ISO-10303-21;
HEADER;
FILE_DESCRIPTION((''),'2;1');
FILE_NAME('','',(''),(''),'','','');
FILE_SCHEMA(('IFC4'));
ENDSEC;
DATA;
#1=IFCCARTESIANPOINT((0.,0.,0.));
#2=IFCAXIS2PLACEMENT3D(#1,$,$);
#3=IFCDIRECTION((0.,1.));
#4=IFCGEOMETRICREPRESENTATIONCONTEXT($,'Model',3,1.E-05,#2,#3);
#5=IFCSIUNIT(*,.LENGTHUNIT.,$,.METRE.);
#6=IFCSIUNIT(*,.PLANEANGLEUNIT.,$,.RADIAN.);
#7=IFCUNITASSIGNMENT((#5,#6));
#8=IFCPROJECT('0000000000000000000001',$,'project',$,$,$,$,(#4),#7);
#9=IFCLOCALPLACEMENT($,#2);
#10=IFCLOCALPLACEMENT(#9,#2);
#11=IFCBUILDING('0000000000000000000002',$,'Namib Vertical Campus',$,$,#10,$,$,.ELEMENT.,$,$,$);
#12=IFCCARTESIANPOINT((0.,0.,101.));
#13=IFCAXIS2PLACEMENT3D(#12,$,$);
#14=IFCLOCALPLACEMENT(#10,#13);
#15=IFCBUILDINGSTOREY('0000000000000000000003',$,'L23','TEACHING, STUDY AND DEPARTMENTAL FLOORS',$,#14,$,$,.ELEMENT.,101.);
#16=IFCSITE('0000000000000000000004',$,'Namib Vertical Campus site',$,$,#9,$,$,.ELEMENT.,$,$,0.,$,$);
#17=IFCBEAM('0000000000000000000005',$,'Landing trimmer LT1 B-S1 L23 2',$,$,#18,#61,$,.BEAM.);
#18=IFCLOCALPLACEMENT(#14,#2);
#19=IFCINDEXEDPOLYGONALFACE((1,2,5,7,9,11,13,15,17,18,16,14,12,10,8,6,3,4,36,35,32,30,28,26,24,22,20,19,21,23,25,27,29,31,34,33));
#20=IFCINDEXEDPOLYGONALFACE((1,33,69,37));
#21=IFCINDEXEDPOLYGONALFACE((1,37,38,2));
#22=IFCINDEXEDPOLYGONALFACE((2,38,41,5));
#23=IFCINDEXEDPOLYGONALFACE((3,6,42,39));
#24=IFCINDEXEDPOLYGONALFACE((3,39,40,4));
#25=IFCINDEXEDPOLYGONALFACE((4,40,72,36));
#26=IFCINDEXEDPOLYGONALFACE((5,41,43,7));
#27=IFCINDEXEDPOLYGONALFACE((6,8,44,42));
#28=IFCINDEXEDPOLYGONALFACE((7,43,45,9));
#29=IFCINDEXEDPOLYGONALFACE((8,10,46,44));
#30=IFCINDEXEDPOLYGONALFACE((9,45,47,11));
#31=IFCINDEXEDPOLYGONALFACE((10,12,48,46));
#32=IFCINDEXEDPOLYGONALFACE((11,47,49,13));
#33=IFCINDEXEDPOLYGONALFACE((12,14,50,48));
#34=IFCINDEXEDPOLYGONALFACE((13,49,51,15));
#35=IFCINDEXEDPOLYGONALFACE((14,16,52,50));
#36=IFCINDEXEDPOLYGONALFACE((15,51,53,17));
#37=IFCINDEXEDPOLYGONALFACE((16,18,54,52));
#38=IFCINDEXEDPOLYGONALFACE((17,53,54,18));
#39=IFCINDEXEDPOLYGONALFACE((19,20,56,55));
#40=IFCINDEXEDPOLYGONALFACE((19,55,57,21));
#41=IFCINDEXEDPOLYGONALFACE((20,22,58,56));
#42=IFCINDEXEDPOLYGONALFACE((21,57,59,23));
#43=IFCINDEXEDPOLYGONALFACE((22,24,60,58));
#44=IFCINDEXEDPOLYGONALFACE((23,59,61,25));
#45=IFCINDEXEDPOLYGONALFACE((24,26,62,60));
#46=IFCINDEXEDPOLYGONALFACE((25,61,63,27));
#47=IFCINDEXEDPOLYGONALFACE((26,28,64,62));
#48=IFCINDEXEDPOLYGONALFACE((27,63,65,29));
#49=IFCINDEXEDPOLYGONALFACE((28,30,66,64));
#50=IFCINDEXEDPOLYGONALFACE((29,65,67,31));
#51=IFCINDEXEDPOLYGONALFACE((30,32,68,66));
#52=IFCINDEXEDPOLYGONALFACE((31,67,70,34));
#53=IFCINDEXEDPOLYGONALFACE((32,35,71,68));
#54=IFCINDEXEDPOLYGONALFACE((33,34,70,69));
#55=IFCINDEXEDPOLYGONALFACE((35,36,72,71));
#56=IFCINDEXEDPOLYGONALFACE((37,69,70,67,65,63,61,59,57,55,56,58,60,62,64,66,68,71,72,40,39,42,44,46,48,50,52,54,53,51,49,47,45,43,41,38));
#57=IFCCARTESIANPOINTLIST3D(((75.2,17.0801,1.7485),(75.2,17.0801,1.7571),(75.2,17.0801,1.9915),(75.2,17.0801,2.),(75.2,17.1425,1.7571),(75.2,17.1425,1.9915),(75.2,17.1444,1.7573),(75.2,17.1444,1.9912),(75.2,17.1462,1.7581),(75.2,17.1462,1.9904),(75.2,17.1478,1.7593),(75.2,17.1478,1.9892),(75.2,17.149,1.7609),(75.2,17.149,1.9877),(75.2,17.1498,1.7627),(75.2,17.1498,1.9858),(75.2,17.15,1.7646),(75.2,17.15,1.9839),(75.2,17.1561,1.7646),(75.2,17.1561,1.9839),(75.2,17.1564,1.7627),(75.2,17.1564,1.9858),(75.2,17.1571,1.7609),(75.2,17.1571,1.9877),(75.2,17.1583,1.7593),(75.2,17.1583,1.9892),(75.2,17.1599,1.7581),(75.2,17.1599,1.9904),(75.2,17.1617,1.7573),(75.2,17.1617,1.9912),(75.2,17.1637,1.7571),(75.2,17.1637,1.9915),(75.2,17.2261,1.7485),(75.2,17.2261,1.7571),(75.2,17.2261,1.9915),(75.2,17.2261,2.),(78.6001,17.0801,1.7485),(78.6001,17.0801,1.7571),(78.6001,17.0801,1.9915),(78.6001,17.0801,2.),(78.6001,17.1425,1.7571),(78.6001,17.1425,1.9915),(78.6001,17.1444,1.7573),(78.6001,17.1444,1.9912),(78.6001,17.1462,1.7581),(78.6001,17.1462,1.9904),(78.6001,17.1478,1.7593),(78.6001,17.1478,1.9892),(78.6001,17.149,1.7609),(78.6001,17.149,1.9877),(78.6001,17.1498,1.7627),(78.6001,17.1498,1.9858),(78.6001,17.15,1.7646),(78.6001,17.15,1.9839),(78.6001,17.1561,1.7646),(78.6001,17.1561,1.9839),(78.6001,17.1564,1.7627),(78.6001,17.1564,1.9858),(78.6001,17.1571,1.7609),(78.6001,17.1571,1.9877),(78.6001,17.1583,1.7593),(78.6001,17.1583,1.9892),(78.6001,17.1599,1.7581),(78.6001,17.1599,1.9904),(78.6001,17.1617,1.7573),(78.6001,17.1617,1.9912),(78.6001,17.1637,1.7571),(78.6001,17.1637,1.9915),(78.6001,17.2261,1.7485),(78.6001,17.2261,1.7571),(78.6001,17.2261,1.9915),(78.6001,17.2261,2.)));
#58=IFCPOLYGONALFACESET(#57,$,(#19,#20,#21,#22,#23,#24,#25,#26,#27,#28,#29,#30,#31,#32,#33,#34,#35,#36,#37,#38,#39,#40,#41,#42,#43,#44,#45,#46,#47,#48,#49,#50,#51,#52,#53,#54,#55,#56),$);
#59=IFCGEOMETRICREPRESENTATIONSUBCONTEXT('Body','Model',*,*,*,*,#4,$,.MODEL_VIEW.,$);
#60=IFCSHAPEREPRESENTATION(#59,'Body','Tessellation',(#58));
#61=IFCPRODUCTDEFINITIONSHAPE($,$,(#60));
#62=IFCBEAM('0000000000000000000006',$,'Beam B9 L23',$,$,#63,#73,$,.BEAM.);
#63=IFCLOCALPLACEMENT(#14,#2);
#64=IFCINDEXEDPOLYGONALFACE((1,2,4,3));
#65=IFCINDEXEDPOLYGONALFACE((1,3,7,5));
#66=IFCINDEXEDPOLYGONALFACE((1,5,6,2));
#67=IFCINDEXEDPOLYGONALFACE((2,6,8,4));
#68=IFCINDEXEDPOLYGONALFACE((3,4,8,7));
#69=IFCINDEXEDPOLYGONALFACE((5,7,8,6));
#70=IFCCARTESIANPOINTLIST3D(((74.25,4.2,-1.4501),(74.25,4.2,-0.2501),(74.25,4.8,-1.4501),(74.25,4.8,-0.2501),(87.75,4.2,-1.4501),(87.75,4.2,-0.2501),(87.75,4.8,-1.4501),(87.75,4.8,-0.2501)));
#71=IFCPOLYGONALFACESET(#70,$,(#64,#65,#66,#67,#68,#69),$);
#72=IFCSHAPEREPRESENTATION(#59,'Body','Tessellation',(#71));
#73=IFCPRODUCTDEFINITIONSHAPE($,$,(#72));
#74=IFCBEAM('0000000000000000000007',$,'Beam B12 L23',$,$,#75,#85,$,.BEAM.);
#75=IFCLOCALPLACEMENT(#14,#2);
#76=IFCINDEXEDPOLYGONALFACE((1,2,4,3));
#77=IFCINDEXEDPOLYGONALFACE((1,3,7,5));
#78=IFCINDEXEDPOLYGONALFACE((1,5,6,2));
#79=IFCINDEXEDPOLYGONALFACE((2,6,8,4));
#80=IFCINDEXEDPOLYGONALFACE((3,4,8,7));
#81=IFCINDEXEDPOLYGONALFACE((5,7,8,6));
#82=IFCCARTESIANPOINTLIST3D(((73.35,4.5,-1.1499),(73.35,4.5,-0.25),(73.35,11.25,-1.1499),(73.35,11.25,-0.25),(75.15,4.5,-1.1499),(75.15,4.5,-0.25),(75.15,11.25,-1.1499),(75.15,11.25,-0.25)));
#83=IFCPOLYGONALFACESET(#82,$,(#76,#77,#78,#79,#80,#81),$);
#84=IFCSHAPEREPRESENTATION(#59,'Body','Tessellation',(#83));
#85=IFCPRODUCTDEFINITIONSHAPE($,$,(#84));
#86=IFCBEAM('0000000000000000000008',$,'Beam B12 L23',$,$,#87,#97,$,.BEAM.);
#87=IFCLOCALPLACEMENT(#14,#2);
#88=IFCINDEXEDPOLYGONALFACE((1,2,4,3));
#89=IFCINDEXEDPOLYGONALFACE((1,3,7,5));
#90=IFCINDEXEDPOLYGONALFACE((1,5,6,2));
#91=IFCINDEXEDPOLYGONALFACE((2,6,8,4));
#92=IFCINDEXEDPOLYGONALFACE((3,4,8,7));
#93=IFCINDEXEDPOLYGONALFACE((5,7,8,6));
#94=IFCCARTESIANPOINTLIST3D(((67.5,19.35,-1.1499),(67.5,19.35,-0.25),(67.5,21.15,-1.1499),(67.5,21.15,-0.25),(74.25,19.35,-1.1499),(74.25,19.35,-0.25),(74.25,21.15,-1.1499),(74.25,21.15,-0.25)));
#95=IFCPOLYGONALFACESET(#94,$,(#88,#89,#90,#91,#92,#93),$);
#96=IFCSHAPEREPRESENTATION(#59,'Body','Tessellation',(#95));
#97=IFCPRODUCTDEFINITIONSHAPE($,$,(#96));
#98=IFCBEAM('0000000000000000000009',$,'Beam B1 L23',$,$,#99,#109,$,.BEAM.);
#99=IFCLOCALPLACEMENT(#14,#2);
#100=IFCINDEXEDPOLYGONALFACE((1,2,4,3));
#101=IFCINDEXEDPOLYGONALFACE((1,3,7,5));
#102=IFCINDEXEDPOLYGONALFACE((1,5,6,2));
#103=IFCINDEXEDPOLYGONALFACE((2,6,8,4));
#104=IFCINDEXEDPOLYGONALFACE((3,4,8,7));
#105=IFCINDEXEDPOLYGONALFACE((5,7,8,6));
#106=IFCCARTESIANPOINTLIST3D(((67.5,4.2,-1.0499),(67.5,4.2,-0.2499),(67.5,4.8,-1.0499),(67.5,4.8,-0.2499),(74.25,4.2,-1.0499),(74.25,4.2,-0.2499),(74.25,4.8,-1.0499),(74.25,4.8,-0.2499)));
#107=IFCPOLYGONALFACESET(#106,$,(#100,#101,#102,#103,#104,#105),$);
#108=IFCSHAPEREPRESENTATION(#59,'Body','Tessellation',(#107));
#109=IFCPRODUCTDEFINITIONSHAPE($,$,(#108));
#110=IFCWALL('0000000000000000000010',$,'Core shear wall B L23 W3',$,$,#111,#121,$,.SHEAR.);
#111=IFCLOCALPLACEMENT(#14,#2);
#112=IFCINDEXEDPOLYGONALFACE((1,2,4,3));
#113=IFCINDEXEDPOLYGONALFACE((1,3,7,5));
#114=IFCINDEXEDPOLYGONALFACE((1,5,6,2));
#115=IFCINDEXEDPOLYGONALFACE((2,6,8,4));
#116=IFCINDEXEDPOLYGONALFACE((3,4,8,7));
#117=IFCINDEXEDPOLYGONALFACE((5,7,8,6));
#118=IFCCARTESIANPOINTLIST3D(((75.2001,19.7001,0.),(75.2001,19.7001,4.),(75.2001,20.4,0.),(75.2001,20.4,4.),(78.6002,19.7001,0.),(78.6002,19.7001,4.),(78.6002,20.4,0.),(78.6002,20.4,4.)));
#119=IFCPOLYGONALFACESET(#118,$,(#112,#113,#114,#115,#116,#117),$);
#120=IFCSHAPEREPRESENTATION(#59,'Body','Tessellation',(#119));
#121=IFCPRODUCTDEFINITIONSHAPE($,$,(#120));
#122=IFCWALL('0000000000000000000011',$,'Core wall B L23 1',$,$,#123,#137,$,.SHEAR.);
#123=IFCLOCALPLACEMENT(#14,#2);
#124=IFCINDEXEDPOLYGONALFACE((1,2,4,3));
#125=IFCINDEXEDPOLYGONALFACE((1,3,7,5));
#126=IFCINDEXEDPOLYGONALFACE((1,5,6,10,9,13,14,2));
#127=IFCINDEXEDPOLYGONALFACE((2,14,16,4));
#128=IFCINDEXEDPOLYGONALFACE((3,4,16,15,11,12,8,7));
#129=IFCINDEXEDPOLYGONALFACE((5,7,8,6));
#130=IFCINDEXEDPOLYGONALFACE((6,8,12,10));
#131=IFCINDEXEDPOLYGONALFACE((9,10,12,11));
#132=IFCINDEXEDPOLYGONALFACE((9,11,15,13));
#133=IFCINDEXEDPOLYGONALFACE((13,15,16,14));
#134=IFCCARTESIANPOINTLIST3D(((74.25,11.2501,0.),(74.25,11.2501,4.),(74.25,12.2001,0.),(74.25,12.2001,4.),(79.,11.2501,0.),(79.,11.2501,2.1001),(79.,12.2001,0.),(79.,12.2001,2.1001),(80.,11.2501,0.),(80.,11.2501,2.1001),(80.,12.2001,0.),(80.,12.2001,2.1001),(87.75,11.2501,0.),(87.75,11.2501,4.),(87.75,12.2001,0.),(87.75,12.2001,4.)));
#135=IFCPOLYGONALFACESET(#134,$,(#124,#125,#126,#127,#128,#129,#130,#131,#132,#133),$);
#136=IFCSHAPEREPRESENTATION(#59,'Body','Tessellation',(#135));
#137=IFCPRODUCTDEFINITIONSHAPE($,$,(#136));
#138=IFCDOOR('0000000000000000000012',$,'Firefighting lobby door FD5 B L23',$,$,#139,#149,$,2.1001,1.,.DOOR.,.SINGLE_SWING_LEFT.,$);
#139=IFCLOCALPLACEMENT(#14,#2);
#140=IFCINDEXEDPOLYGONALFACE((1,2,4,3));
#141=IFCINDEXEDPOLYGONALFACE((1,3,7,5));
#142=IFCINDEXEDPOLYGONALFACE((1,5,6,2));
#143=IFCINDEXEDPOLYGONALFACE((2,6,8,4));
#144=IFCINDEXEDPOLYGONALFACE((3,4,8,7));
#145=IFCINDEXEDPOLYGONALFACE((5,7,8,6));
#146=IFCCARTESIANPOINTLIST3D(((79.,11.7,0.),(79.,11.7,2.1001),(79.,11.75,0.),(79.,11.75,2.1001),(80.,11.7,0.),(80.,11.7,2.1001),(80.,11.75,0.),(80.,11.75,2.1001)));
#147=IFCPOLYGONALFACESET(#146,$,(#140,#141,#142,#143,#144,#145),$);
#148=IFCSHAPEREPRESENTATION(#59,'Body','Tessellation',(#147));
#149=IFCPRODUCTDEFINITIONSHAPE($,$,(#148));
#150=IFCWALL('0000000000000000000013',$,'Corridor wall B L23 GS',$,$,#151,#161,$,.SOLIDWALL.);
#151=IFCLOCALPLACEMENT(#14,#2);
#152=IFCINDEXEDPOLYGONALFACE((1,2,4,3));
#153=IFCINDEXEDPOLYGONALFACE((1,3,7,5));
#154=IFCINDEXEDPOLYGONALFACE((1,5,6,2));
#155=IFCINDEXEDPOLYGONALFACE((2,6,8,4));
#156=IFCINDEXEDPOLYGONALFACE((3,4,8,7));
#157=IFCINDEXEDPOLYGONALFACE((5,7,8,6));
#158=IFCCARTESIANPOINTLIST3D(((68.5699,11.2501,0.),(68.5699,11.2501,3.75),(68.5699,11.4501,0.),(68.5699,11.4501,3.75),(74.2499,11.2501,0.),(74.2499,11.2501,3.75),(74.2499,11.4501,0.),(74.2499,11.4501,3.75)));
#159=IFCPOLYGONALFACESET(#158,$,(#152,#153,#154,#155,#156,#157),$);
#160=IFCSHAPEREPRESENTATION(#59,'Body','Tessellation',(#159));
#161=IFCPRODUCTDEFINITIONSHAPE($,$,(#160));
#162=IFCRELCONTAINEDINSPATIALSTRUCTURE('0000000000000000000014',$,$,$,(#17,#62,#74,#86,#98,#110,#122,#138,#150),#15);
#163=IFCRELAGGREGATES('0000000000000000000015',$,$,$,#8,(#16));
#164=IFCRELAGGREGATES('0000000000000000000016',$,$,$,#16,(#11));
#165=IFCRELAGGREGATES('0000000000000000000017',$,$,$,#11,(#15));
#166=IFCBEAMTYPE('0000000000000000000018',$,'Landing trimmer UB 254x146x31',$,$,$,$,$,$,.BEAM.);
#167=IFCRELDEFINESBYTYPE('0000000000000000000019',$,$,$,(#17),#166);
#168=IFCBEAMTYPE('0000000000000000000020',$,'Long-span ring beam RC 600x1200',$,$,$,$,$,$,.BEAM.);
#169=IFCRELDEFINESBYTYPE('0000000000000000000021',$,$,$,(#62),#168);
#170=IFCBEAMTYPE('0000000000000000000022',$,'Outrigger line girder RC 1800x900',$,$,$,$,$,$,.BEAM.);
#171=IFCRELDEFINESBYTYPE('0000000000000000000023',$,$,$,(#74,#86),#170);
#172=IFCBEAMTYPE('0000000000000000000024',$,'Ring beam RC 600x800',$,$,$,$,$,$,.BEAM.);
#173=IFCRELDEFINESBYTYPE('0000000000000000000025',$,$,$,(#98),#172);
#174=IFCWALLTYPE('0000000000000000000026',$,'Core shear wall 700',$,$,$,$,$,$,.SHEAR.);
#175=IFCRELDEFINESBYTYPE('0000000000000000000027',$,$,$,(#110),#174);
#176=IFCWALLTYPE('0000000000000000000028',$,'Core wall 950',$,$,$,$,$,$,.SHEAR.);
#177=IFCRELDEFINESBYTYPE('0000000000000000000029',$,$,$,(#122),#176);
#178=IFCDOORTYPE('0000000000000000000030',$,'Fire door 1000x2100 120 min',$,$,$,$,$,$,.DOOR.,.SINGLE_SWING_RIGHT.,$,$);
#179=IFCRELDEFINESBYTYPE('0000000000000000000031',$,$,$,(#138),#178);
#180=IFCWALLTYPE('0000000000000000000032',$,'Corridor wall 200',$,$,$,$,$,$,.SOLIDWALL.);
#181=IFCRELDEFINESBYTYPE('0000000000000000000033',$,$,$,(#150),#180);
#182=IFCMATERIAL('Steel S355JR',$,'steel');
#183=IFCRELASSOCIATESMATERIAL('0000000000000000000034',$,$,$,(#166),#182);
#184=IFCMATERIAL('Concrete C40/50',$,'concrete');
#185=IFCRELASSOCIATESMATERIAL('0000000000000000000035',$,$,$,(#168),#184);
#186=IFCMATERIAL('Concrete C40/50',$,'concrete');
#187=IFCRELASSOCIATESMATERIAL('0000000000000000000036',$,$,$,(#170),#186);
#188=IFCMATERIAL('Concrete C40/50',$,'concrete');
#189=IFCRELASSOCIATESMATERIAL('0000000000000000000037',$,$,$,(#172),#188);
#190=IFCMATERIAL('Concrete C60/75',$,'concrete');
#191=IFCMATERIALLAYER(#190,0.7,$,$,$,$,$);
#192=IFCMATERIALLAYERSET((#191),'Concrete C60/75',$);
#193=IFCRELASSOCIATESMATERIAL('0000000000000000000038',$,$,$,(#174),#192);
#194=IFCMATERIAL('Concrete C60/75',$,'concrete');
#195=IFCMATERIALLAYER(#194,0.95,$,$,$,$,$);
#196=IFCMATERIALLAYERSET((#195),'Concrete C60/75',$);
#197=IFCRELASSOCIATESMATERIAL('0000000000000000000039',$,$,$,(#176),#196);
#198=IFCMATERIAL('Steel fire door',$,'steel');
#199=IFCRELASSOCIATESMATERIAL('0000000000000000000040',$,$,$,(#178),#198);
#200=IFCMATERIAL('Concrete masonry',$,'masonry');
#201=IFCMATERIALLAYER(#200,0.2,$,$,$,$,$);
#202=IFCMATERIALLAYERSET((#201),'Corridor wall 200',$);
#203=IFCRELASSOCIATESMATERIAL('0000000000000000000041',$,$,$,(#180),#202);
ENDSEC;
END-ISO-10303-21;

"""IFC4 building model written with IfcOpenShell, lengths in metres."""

from ifc_helpers import new_model, si_unit, direction, frame, frame_2d, origin, origin_2d, place, context, subcontext, project, spatial, rectangle, i_section, extrude, material, layer, layer_set, material_profile, profile_set, type_object, element, fill, save


model = new_model("IFC4")

# Units and contexts
model_context = context("Model", 3, precision=1e-05, world=origin(), true_north=direction((0.0, 1.0)))
body_context = subcontext(model_context, "Body", "Model", "MODEL_VIEW")
ifc_project = project(units=[si_unit("LENGTHUNIT", "METRE"), si_unit("PLANEANGLEUNIT", "RADIAN")], contexts=[model_context])

# Site, building, storey
site_placement = place(None, origin())
site = spatial("IfcSite", under=ifc_project, at=site_placement, Name="Namib Vertical Campus site", CompositionType="ELEMENT", RefElevation=0.0)
building_placement = place(site_placement, origin())
building = spatial("IfcBuilding", under=site, at=building_placement, Name="Namib Vertical Campus", CompositionType="ELEMENT")
storey_placement = place(building_placement, frame((0.0, 0.0, 101.0)))
storey = spatial("IfcBuildingStorey", under=building, at=storey_placement, Name="L23", Description="TEACHING, STUDY AND DEPARTMENTAL FLOORS", CompositionType="ELEMENT", Elevation=101.0)

# Beams
ifc_material_1 = material(Name="Steel S355JR", Category="steel")
ifc_material_profile_1 = material_profile(ifc_material_1, i_section(OverallWidth=0.146, OverallDepth=0.2515, WebThickness=0.0061, FlangeThickness=0.0085, FilletRadius=0.0076, at=origin_2d()))
ifc_profile_set_1 = profile_set([ifc_material_profile_1], Name="Steel S355JR")
beam_type_1 = type_object("IfcBeamType", Name="Landing trimmer UB 254x146x31", PredefinedType="BEAM", material=ifc_profile_set_1)
for number, where, z_axis, x_axis, name in (
    (1, (75.2, 17.1531, 1.8743), (1.0, 0.0, 0.0), (0.0, 1.0, 0.0), "Landing trimmer LT1 B-S1 L23 2"),
):
    element("IfcBeam", number, at=place(storey_placement, frame(where, z_axis=z_axis, x_axis=x_axis)), inside=storey, type_object=beam_type_1, Name=name, PredefinedType="BEAM", context=body_context, shape_type="SweptSolid", body=[
        extrude(i_section(OverallWidth=0.146, OverallDepth=0.2515, WebThickness=0.0061, FlangeThickness=0.0085, FilletRadius=0.0076, at=origin_2d()), origin(), (0.0, 0.0, 1.0), 3.4001),
    ])
ifc_material_2 = material(Name="Concrete C40/50", Category="concrete")
ifc_material_profile_2 = material_profile(ifc_material_2, rectangle(XDim=0.6001, YDim=1.2, at=origin_2d()))
ifc_profile_set_2 = profile_set([ifc_material_profile_2], Name="Concrete C40/50")
beam_type_2 = type_object("IfcBeamType", Name="Long-span ring beam RC 600x1200", PredefinedType="BEAM", material=ifc_profile_set_2)
beam_1_placement = place(storey_placement, frame((74.25, 4.5, -0.8501), z_axis=(1.0, 0.0, 0.0), x_axis=(0.0, 1.0, 0.0)))
element("IfcBeam", 2, at=beam_1_placement, inside=storey, type_object=beam_type_2, Name="Beam B9 L23", PredefinedType="BEAM", context=body_context, shape_type="SweptSolid", body=[
    extrude(rectangle(XDim=0.6001, YDim=1.2, at=origin_2d()), origin(), (0.0, 0.0, 1.0), 13.5),
])
ifc_material_3 = material(Name="Concrete C40/50", Category="concrete")
ifc_material_profile_3 = material_profile(ifc_material_3, rectangle(XDim=1.8, YDim=0.8999, at=origin_2d()))
ifc_profile_set_3 = profile_set([ifc_material_profile_3], Name="Concrete C40/50")
beam_type_3 = type_object("IfcBeamType", Name="Outrigger line girder RC 1800x900", PredefinedType="BEAM", material=ifc_profile_set_3)
for number, where, z_axis, x_axis, name in (
    (3, (74.25, 4.5, -0.7), (0.0, 1.0, 0.0), (-1.0, 0.0, 0.0), "Beam B12 L23"),
    (4, (67.5, 20.25, -0.7), (1.0, 0.0, 0.0), (0.0, 1.0, 0.0), "Beam B12 L23"),
):
    element("IfcBeam", number, at=place(storey_placement, frame(where, z_axis=z_axis, x_axis=x_axis)), inside=storey, type_object=beam_type_3, Name=name, PredefinedType="BEAM", context=body_context, shape_type="SweptSolid", body=[
        extrude(rectangle(XDim=1.8, YDim=0.8999, at=origin_2d()), origin(), (0.0, 0.0, 1.0), 6.75),
    ])
ifc_material_4 = material(Name="Concrete C40/50", Category="concrete")
ifc_material_profile_4 = material_profile(ifc_material_4, rectangle(XDim=0.6001, YDim=0.8, at=origin_2d()))
ifc_profile_set_4 = profile_set([ifc_material_profile_4], Name="Concrete C40/50")
beam_type_4 = type_object("IfcBeamType", Name="Ring beam RC 600x800", PredefinedType="BEAM", material=ifc_profile_set_4)
beam_2_placement = place(storey_placement, frame((67.5, 4.5, -0.6499), z_axis=(1.0, 0.0, 0.0), x_axis=(0.0, 1.0, 0.0)))
element("IfcBeam", 5, at=beam_2_placement, inside=storey, type_object=beam_type_4, Name="Beam B1 L23", PredefinedType="BEAM", context=body_context, shape_type="SweptSolid", body=[
    extrude(rectangle(XDim=0.6001, YDim=0.8, at=origin_2d()), origin(), (0.0, 0.0, 1.0), 6.75),
])

# Wall
ifc_material_5 = material(Name="Concrete C60/75", Category="concrete")
ifc_layer_1 = layer(ifc_material_5, 0.7)
ifc_layer_set_1 = layer_set([ifc_layer_1], Name="Concrete C60/75")
wall_type_1 = type_object("IfcWallType", Name="Core shear wall 700", PredefinedType="SHEAR", material=ifc_layer_set_1)
wall_1_placement = place(storey_placement, frame((75.2, 20.05, 0.0), z_axis=(0.0, 0.0, 1.0), x_axis=(1.0, 0.0, 0.0)))
element("IfcWall", 6, at=wall_1_placement, inside=storey, type_object=wall_type_1, Name="Core shear wall B L23 W3", PredefinedType="SHEAR", context=body_context, shape_type="SweptSolid", body=[
    extrude(rectangle(XDim=3.4001, YDim=0.7, at=frame_2d((1.7002, 0.0))), origin(), (0.0, 0.0, 1.0), 4.0),
])

# Wall, opening, door
ifc_material_6 = material(Name="Concrete C60/75", Category="concrete")
ifc_layer_2 = layer(ifc_material_6, 0.95)
ifc_layer_set_2 = layer_set([ifc_layer_2], Name="Concrete C60/75")
wall_type_2 = type_object("IfcWallType", Name="Core wall 950", PredefinedType="SHEAR", material=ifc_layer_set_2)
wall_2_placement = place(storey_placement, frame((74.25, 11.7251, 0.0), z_axis=(0.0, 0.0, 1.0), x_axis=(1.0, 0.0, 0.0)))
wall_2 = element("IfcWall", 7, at=wall_2_placement, inside=storey, type_object=wall_type_2, Name="Core wall B L23 1", PredefinedType="SHEAR", context=body_context, shape_type="SweptSolid", body=[
    extrude(rectangle(XDim=13.5, YDim=0.95, at=frame_2d((6.75, 0.0))), origin(), (0.0, 0.0, 1.0), 4.0),
])
opening_placement = place(wall_2_placement, frame((4.75, 0.0, 0.0)))
opening = element("IfcOpeningElement", 8, at=opening_placement, cuts=wall_2, PredefinedType="OPENING", context=body_context, shape_type="SweptSolid", body=[
    extrude(rectangle(XDim=1.0, YDim=2.1001, at=frame_2d((0.5, 1.05))), frame((0.0, 0.4849, 0.0), z_axis=(0.0, -1.0, 0.0), x_axis=(1.0, 0.0, 0.0)), (0.0, 0.0, 1.0), 0.97),
])
ifc_material_7 = material(Name="Steel fire door", Category="steel")
door_type = type_object("IfcDoorType", Name="Fire door 1000x2100 120 min", OperationType="SINGLE_SWING_RIGHT", PredefinedType="DOOR", material=ifc_material_7)
door_placement = place(opening_placement, origin())
door = element("IfcDoor", 9, at=door_placement, inside=storey, type_object=door_type, Name="Firefighting lobby door FD5 B L23", OperationType="SINGLE_SWING_LEFT", OverallHeight=2.1001, OverallWidth=1.0, PredefinedType="DOOR", context=body_context, shape_type="SweptSolid", body=[
    extrude(rectangle(XDim=1.0, YDim=2.1001, at=frame_2d((0.5, 1.05))), frame((0.0, 0.0249, 0.0), z_axis=(0.0, -1.0, 0.0), x_axis=(1.0, 0.0, 0.0)), (0.0, 0.0, 1.0), 0.05),
])
fill(opening, door)

# Wall
ifc_material_8 = material(Name="Concrete masonry", Category="masonry")
ifc_layer_3 = layer(ifc_material_8, 0.2)
ifc_layer_set_3 = layer_set([ifc_layer_3], Name="Corridor wall 200")
wall_type_3 = type_object("IfcWallType", Name="Corridor wall 200", PredefinedType="SOLIDWALL", material=ifc_layer_set_3)
wall_3_placement = place(storey_placement, frame((68.5701, 11.3501, 0.0), z_axis=(0.0, 0.0, 1.0), x_axis=(1.0, 0.0, 0.0)))
element("IfcWall", 10, at=wall_3_placement, inside=storey, type_object=wall_type_3, Name="Corridor wall B L23 GS", PredefinedType="SOLIDWALL", context=body_context, shape_type="SweptSolid", body=[
    extrude(rectangle(XDim=5.6799, YDim=0.2, at=frame_2d((2.8398, 0.0))), origin(), (0.0, 0.0, 1.0), 3.75),
])

save(model, "model.ifc")
